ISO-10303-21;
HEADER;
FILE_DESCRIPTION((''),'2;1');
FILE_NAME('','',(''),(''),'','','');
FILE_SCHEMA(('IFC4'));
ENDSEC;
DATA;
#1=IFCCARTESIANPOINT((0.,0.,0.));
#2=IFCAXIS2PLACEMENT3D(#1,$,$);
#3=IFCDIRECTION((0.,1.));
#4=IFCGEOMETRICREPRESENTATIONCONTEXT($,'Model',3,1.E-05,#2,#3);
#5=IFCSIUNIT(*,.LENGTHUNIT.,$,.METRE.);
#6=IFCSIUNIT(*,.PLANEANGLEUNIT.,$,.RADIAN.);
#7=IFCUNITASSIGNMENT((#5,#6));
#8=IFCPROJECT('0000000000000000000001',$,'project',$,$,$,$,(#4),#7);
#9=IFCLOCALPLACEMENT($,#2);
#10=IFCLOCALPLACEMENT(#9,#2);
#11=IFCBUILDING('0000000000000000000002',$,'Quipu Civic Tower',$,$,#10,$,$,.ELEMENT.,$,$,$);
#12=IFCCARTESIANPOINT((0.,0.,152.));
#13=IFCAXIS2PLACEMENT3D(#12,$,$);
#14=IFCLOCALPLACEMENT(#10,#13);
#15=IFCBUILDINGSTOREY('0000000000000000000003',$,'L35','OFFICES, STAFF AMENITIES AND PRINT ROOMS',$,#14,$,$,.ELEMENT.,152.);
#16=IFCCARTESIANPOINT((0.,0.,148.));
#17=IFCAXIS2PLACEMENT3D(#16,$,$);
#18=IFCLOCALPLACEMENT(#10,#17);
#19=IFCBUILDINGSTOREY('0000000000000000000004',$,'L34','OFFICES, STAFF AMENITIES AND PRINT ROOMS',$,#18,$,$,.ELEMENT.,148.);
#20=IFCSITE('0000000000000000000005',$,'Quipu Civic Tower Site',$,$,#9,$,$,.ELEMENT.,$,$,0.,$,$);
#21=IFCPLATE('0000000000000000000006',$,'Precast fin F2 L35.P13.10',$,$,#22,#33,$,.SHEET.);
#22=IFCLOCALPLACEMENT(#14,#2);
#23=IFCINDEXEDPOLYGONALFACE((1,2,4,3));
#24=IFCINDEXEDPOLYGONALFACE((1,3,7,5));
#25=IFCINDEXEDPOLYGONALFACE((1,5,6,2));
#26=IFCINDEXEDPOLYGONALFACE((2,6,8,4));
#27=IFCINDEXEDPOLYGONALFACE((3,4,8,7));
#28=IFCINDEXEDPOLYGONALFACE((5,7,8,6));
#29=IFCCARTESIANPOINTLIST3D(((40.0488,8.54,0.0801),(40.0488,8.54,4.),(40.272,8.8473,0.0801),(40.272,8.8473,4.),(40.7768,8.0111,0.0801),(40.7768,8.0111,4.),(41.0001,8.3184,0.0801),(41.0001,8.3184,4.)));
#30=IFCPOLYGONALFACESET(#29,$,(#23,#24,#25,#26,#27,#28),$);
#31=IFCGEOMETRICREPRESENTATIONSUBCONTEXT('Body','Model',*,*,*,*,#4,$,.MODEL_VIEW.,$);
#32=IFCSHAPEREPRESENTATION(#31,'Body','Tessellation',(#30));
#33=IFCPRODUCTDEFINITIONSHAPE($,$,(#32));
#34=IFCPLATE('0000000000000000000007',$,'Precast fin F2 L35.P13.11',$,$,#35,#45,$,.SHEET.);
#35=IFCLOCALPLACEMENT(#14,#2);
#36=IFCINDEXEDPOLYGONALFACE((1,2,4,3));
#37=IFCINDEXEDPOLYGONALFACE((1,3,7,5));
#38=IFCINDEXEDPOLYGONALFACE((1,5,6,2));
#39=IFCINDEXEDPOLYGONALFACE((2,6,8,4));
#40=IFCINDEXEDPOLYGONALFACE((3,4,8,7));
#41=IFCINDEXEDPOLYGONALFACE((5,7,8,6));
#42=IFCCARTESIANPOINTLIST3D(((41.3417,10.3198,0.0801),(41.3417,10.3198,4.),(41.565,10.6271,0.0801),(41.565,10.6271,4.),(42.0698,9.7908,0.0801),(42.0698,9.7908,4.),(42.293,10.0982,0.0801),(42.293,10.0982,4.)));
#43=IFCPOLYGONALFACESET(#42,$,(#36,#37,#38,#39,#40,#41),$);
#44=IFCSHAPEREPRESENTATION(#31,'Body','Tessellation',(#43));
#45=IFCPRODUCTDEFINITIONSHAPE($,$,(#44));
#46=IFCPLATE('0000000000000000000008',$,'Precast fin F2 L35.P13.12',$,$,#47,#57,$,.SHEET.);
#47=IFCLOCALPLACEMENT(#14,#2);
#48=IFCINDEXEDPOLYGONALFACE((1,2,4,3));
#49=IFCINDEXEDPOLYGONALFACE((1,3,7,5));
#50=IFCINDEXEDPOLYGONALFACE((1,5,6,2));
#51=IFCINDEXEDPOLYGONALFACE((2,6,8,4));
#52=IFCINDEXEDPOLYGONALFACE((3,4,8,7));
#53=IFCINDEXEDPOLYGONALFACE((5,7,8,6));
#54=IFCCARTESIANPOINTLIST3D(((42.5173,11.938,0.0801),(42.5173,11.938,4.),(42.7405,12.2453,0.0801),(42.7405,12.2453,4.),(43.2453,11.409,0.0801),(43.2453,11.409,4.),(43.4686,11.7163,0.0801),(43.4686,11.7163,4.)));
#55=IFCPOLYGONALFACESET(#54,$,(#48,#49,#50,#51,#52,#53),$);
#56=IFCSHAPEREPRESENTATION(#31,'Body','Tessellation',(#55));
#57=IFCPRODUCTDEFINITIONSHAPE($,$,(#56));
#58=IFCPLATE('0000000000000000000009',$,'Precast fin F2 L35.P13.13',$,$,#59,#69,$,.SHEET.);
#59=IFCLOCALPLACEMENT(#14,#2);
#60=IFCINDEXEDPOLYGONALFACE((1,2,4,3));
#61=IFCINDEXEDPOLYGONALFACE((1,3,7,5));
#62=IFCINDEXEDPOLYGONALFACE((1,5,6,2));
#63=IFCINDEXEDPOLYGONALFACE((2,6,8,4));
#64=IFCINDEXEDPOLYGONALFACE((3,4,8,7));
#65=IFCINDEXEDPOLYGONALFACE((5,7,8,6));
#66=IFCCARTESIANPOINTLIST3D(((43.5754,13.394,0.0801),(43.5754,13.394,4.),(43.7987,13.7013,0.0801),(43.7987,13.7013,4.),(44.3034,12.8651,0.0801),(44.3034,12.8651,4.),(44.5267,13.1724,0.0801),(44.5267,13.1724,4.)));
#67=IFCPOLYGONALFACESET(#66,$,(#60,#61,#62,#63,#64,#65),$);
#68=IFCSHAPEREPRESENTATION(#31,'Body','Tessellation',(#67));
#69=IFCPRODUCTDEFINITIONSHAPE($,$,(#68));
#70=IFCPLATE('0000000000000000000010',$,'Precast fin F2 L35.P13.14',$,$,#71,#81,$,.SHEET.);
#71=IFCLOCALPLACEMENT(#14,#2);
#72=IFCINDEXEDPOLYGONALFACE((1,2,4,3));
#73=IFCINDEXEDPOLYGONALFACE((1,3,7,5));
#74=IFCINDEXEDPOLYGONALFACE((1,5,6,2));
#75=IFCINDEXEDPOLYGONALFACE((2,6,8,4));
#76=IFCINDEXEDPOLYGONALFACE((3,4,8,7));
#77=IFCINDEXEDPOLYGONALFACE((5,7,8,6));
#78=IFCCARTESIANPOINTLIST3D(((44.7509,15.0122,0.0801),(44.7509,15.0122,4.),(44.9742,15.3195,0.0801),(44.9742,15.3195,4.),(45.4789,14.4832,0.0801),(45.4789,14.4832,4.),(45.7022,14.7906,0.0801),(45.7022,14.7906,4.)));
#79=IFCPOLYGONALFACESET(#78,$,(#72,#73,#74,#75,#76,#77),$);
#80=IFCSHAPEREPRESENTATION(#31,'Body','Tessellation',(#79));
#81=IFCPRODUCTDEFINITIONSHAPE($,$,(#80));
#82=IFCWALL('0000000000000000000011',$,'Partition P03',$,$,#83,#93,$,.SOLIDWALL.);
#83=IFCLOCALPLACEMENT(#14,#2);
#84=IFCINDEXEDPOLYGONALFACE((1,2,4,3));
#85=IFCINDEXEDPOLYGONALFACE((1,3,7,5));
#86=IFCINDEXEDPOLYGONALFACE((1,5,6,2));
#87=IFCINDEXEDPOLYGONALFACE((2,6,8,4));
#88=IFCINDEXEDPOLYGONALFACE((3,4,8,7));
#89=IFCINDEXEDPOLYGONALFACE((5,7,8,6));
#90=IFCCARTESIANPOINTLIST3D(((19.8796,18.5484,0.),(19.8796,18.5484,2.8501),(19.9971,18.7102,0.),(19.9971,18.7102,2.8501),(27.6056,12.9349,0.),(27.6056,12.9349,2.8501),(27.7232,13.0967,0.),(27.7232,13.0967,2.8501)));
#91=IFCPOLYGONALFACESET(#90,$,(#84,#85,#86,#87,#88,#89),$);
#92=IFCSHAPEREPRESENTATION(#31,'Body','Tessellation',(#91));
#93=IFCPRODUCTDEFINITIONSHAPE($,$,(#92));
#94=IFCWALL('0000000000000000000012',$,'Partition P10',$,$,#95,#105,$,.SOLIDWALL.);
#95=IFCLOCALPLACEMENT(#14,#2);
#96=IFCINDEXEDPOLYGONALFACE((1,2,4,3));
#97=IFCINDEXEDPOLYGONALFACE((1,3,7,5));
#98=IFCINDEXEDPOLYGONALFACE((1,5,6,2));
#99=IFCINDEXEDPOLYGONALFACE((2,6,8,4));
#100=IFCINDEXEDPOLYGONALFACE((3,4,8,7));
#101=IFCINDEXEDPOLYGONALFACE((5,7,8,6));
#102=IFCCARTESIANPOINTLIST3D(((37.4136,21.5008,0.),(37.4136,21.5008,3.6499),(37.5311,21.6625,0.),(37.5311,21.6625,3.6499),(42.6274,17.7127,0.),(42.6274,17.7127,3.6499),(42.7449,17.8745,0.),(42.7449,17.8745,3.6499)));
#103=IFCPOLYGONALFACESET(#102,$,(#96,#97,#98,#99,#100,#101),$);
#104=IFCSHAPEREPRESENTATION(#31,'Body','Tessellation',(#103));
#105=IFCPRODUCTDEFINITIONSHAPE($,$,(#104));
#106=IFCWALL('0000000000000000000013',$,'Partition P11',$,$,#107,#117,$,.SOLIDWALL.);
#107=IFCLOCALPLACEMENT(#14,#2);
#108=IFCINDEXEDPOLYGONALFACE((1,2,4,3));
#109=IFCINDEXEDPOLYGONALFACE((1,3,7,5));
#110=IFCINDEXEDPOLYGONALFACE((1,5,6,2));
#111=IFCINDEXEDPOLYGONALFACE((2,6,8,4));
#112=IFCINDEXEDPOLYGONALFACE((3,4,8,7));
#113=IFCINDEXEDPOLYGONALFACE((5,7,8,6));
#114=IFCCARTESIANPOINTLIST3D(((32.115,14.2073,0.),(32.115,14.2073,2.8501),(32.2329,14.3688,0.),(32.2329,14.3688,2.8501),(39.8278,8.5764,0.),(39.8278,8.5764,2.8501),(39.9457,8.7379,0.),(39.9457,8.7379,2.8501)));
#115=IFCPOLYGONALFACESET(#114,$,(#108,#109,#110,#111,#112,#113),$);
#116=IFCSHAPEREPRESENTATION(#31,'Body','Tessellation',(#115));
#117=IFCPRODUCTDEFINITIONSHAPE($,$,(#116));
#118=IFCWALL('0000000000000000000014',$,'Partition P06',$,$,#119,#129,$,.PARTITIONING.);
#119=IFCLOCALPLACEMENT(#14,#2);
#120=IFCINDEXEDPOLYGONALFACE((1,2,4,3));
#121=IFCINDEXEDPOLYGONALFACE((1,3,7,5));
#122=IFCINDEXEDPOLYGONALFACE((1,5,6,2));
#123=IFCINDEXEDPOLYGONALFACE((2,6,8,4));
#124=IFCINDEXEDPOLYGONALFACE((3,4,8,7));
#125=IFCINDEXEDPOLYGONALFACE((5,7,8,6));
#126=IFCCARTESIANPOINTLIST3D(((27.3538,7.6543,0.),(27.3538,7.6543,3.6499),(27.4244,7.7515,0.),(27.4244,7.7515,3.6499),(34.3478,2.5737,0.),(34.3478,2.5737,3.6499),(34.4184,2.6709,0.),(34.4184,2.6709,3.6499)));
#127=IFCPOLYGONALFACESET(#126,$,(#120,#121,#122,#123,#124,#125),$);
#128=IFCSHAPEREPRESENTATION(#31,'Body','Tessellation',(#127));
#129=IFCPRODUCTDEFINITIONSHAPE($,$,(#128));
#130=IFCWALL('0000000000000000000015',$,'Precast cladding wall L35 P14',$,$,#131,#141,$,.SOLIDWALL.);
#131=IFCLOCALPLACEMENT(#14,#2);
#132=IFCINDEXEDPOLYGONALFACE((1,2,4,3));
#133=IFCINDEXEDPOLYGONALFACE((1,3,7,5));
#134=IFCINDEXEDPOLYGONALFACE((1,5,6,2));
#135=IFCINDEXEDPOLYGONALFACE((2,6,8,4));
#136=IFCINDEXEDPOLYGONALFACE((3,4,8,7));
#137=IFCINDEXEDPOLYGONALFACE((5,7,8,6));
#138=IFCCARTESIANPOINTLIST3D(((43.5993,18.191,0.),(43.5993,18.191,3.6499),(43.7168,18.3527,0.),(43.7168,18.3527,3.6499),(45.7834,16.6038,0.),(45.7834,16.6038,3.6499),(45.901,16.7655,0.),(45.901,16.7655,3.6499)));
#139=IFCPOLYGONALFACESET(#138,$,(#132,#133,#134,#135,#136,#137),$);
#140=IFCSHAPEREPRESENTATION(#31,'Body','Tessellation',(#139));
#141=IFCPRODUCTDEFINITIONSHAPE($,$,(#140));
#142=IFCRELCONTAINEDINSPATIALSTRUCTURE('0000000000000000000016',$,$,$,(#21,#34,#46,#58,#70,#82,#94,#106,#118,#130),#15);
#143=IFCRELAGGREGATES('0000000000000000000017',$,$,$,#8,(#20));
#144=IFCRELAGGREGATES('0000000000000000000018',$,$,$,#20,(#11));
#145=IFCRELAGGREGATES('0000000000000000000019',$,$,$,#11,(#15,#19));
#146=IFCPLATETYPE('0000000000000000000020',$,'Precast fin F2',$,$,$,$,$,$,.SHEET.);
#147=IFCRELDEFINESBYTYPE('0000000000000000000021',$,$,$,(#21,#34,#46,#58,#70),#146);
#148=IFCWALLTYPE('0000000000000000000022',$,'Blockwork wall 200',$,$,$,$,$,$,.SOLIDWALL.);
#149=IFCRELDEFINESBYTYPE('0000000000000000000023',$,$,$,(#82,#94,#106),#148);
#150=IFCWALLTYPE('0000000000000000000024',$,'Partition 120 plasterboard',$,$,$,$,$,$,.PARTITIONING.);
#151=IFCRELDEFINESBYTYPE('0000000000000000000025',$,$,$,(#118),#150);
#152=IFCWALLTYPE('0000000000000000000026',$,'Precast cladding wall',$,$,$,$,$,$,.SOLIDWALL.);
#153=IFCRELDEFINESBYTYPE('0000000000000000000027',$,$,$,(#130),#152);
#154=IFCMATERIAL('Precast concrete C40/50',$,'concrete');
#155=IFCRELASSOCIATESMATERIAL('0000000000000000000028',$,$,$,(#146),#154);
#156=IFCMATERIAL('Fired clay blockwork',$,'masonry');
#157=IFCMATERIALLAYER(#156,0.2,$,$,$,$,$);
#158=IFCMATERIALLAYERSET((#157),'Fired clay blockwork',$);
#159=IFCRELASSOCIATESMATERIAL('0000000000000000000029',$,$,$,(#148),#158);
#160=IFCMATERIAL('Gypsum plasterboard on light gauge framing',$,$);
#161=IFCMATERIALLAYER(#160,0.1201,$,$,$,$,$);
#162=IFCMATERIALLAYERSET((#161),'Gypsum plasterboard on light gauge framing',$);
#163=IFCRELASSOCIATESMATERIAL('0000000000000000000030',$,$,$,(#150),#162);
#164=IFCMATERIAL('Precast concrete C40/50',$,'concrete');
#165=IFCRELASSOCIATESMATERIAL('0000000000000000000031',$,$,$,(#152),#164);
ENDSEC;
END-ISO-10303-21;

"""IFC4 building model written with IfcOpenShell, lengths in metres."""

from ifc_helpers import new_model, si_unit, direction, frame, frame_2d, origin, origin_2d, place, context, subcontext, project, spatial, rectangle, extrude, material, layer, layer_set, type_object, element, save


model = new_model("IFC4")

# Units and contexts
model_context = context("Model", 3, precision=1e-05, world=origin(), true_north=direction((0.0, 1.0)))
body_context = subcontext(model_context, "Body", "Model", "MODEL_VIEW")
ifc_project = project(units=[si_unit("LENGTHUNIT", "METRE"), si_unit("PLANEANGLEUNIT", "RADIAN")], contexts=[model_context])

# Site, building, storey
site_placement = place(None, origin())
site = spatial("IfcSite", under=ifc_project, at=site_placement, Name="Quipu Civic Tower Site", CompositionType="ELEMENT", RefElevation=0.0)
building_placement = place(site_placement, origin())
building = spatial("IfcBuilding", under=site, at=building_placement, Name="Quipu Civic Tower", CompositionType="ELEMENT")
storey_1_placement = place(building_placement, frame((0.0, 0.0, 152.0)))
storey_1 = spatial("IfcBuildingStorey", under=building, at=storey_1_placement, Name="L35", Description="OFFICES, STAFF AMENITIES AND PRINT ROOMS", CompositionType="ELEMENT", Elevation=152.0)

# Shared definitions
storey_2_placement = place(building_placement, frame((0.0, 0.0, 148.0)))
storey_2 = spatial("IfcBuildingStorey", under=building, at=storey_2_placement, Name="L34", Description="OFFICES, STAFF AMENITIES AND PRINT ROOMS", CompositionType="ELEMENT", Elevation=148.0)

# Plates
ifc_material_1 = material(Name="Precast concrete C40/50", Category="concrete")
plate_type_1 = type_object("IfcPlateType", Name="Precast fin F2", PredefinedType="SHEET", material=ifc_material_1)
for number, where, z_axis, x_axis, name in (
    (1, (40.5244, 8.4292, 0.0801), (0.0, 0.0, 1.0), (0.587786, 0.809017, 0.0), "Precast fin F2 L35.P13.10"),
    (2, (41.8174, 10.209, 0.0801), (0.0, 0.0, 1.0), (0.587786, 0.809017, 0.0), "Precast fin F2 L35.P13.11"),
    (3, (42.9929, 11.8271, 0.0801), (0.0, 0.0, 1.0), (0.587786, 0.809017, 0.0), "Precast fin F2 L35.P13.12"),
    (4, (44.051, 13.2832, 0.0801), (0.0, 0.0, 1.0), (0.587786, 0.809017, 0.0), "Precast fin F2 L35.P13.13"),
    (5, (45.2266, 14.9014, 0.0801), (0.0, 0.0, 1.0), (0.587786, 0.809017, 0.0), "Precast fin F2 L35.P13.14"),
):
    element("IfcPlate", number, at=place(storey_1_placement, frame(where, z_axis=z_axis, x_axis=x_axis)), inside=storey_1, type_object=plate_type_1, Name=name, PredefinedType="SHEET", context=body_context, shape_type="SweptSolid", body=[
        extrude(rectangle(XDim=0.3799, YDim=0.8999, at=origin_2d()), origin(), (0.0, 0.0, 1.0), 3.9199),
    ])

# Walls
ifc_material_2 = material(Name="Fired clay blockwork", Category="masonry")
ifc_layer_1 = layer(ifc_material_2, 0.2)
ifc_layer_set_1 = layer_set([ifc_layer_1], Name="Fired clay blockwork")
wall_type_1 = type_object("IfcWallType", Name="Blockwork wall 200", PredefinedType="SOLIDWALL", material=ifc_layer_set_1)
wall_1_placement = place(storey_1_placement, frame((27.6643, 13.0159, 0.0), z_axis=(0.0, 0.0, 1.0), x_axis=(-0.809007, 0.587799, 0.0)))
element("IfcWall", 6, at=wall_1_placement, inside=storey_1, type_object=wall_type_1, Name="Partition P03", PredefinedType="SOLIDWALL", context=body_context, shape_type="SweptSolid", body=[
    extrude(rectangle(XDim=9.55, YDim=0.2, at=frame_2d((4.7749, 0.0))), origin(), (0.0, 0.0, 1.0), 2.8501),
])
wall_2_placement = place(storey_1_placement, frame((42.686, 17.7937, 0.0), z_axis=(0.0, 0.0, 1.0), x_axis=(-0.809018, 0.587784, 0.0)))
element("IfcWall", 7, at=wall_2_placement, inside=storey_1, type_object=wall_type_1, Name="Partition P10", PredefinedType="SOLIDWALL", context=body_context, shape_type="SweptSolid", body=[
    extrude(rectangle(XDim=6.4446, YDim=0.2, at=frame_2d((3.2222, 0.0))), origin(), (0.0, 0.0, 1.0), 3.6499),
])
wall_3_placement = place(storey_1_placement, frame((32.1738, 14.2881, 0.0), z_axis=(0.0, 0.0, 1.0), x_axis=(0.807665, -0.589642, 0.0)))
element("IfcWall", 8, at=wall_3_placement, inside=storey_1, type_object=wall_type_1, Name="Partition P11", PredefinedType="SOLIDWALL", context=body_context, shape_type="SweptSolid", body=[
    extrude(rectangle(XDim=9.5496, YDim=0.2, at=frame_2d((4.7749, 0.0))), origin(), (0.0, 0.0, 1.0), 2.8501),
])
ifc_material_3 = material(Name="Gypsum plasterboard on light gauge framing")
ifc_layer_2 = layer(ifc_material_3, 0.1201)
ifc_layer_set_2 = layer_set([ifc_layer_2], Name="Gypsum plasterboard on light gauge framing")
wall_type_2 = type_object("IfcWallType", Name="Partition 120 plasterboard", PredefinedType="PARTITIONING", material=ifc_layer_set_2)
wall_4_placement = place(storey_1_placement, frame((34.3831, 2.6223, 0.0), z_axis=(0.0, 0.0, 1.0), x_axis=(-0.809061, 0.587725, 0.0)))
element("IfcWall", 9, at=wall_4_placement, inside=storey_1, type_object=wall_type_2, Name="Partition P06", PredefinedType="PARTITIONING", context=body_context, shape_type="SweptSolid", body=[
    extrude(rectangle(XDim=8.6445, YDim=0.1201, at=frame_2d((4.3223, 0.0))), origin(), (0.0, 0.0, 1.0), 3.6499),
])
ifc_material_4 = material(Name="Precast concrete C40/50", Category="concrete")
wall_type_3 = type_object("IfcWallType", Name="Precast cladding wall", PredefinedType="SOLIDWALL", material=ifc_material_4)
wall_5_placement = place(storey_1_placement, frame((45.8423, 16.6846, 0.0), z_axis=(0.0, 0.0, 1.0), x_axis=(-0.808959, 0.587865, 0.0)))
element("IfcWall", 10, at=wall_5_placement, inside=storey_1, type_object=wall_type_3, Name="Precast cladding wall L35 P14", PredefinedType="SOLIDWALL", context=body_context, shape_type="SweptSolid", body=[
    extrude(rectangle(XDim=2.7, YDim=0.2, at=frame_2d((1.3501, 0.0))), origin(), (0.0, 0.0, 1.0), 3.6499),
])

save(model, "model.ifc")
